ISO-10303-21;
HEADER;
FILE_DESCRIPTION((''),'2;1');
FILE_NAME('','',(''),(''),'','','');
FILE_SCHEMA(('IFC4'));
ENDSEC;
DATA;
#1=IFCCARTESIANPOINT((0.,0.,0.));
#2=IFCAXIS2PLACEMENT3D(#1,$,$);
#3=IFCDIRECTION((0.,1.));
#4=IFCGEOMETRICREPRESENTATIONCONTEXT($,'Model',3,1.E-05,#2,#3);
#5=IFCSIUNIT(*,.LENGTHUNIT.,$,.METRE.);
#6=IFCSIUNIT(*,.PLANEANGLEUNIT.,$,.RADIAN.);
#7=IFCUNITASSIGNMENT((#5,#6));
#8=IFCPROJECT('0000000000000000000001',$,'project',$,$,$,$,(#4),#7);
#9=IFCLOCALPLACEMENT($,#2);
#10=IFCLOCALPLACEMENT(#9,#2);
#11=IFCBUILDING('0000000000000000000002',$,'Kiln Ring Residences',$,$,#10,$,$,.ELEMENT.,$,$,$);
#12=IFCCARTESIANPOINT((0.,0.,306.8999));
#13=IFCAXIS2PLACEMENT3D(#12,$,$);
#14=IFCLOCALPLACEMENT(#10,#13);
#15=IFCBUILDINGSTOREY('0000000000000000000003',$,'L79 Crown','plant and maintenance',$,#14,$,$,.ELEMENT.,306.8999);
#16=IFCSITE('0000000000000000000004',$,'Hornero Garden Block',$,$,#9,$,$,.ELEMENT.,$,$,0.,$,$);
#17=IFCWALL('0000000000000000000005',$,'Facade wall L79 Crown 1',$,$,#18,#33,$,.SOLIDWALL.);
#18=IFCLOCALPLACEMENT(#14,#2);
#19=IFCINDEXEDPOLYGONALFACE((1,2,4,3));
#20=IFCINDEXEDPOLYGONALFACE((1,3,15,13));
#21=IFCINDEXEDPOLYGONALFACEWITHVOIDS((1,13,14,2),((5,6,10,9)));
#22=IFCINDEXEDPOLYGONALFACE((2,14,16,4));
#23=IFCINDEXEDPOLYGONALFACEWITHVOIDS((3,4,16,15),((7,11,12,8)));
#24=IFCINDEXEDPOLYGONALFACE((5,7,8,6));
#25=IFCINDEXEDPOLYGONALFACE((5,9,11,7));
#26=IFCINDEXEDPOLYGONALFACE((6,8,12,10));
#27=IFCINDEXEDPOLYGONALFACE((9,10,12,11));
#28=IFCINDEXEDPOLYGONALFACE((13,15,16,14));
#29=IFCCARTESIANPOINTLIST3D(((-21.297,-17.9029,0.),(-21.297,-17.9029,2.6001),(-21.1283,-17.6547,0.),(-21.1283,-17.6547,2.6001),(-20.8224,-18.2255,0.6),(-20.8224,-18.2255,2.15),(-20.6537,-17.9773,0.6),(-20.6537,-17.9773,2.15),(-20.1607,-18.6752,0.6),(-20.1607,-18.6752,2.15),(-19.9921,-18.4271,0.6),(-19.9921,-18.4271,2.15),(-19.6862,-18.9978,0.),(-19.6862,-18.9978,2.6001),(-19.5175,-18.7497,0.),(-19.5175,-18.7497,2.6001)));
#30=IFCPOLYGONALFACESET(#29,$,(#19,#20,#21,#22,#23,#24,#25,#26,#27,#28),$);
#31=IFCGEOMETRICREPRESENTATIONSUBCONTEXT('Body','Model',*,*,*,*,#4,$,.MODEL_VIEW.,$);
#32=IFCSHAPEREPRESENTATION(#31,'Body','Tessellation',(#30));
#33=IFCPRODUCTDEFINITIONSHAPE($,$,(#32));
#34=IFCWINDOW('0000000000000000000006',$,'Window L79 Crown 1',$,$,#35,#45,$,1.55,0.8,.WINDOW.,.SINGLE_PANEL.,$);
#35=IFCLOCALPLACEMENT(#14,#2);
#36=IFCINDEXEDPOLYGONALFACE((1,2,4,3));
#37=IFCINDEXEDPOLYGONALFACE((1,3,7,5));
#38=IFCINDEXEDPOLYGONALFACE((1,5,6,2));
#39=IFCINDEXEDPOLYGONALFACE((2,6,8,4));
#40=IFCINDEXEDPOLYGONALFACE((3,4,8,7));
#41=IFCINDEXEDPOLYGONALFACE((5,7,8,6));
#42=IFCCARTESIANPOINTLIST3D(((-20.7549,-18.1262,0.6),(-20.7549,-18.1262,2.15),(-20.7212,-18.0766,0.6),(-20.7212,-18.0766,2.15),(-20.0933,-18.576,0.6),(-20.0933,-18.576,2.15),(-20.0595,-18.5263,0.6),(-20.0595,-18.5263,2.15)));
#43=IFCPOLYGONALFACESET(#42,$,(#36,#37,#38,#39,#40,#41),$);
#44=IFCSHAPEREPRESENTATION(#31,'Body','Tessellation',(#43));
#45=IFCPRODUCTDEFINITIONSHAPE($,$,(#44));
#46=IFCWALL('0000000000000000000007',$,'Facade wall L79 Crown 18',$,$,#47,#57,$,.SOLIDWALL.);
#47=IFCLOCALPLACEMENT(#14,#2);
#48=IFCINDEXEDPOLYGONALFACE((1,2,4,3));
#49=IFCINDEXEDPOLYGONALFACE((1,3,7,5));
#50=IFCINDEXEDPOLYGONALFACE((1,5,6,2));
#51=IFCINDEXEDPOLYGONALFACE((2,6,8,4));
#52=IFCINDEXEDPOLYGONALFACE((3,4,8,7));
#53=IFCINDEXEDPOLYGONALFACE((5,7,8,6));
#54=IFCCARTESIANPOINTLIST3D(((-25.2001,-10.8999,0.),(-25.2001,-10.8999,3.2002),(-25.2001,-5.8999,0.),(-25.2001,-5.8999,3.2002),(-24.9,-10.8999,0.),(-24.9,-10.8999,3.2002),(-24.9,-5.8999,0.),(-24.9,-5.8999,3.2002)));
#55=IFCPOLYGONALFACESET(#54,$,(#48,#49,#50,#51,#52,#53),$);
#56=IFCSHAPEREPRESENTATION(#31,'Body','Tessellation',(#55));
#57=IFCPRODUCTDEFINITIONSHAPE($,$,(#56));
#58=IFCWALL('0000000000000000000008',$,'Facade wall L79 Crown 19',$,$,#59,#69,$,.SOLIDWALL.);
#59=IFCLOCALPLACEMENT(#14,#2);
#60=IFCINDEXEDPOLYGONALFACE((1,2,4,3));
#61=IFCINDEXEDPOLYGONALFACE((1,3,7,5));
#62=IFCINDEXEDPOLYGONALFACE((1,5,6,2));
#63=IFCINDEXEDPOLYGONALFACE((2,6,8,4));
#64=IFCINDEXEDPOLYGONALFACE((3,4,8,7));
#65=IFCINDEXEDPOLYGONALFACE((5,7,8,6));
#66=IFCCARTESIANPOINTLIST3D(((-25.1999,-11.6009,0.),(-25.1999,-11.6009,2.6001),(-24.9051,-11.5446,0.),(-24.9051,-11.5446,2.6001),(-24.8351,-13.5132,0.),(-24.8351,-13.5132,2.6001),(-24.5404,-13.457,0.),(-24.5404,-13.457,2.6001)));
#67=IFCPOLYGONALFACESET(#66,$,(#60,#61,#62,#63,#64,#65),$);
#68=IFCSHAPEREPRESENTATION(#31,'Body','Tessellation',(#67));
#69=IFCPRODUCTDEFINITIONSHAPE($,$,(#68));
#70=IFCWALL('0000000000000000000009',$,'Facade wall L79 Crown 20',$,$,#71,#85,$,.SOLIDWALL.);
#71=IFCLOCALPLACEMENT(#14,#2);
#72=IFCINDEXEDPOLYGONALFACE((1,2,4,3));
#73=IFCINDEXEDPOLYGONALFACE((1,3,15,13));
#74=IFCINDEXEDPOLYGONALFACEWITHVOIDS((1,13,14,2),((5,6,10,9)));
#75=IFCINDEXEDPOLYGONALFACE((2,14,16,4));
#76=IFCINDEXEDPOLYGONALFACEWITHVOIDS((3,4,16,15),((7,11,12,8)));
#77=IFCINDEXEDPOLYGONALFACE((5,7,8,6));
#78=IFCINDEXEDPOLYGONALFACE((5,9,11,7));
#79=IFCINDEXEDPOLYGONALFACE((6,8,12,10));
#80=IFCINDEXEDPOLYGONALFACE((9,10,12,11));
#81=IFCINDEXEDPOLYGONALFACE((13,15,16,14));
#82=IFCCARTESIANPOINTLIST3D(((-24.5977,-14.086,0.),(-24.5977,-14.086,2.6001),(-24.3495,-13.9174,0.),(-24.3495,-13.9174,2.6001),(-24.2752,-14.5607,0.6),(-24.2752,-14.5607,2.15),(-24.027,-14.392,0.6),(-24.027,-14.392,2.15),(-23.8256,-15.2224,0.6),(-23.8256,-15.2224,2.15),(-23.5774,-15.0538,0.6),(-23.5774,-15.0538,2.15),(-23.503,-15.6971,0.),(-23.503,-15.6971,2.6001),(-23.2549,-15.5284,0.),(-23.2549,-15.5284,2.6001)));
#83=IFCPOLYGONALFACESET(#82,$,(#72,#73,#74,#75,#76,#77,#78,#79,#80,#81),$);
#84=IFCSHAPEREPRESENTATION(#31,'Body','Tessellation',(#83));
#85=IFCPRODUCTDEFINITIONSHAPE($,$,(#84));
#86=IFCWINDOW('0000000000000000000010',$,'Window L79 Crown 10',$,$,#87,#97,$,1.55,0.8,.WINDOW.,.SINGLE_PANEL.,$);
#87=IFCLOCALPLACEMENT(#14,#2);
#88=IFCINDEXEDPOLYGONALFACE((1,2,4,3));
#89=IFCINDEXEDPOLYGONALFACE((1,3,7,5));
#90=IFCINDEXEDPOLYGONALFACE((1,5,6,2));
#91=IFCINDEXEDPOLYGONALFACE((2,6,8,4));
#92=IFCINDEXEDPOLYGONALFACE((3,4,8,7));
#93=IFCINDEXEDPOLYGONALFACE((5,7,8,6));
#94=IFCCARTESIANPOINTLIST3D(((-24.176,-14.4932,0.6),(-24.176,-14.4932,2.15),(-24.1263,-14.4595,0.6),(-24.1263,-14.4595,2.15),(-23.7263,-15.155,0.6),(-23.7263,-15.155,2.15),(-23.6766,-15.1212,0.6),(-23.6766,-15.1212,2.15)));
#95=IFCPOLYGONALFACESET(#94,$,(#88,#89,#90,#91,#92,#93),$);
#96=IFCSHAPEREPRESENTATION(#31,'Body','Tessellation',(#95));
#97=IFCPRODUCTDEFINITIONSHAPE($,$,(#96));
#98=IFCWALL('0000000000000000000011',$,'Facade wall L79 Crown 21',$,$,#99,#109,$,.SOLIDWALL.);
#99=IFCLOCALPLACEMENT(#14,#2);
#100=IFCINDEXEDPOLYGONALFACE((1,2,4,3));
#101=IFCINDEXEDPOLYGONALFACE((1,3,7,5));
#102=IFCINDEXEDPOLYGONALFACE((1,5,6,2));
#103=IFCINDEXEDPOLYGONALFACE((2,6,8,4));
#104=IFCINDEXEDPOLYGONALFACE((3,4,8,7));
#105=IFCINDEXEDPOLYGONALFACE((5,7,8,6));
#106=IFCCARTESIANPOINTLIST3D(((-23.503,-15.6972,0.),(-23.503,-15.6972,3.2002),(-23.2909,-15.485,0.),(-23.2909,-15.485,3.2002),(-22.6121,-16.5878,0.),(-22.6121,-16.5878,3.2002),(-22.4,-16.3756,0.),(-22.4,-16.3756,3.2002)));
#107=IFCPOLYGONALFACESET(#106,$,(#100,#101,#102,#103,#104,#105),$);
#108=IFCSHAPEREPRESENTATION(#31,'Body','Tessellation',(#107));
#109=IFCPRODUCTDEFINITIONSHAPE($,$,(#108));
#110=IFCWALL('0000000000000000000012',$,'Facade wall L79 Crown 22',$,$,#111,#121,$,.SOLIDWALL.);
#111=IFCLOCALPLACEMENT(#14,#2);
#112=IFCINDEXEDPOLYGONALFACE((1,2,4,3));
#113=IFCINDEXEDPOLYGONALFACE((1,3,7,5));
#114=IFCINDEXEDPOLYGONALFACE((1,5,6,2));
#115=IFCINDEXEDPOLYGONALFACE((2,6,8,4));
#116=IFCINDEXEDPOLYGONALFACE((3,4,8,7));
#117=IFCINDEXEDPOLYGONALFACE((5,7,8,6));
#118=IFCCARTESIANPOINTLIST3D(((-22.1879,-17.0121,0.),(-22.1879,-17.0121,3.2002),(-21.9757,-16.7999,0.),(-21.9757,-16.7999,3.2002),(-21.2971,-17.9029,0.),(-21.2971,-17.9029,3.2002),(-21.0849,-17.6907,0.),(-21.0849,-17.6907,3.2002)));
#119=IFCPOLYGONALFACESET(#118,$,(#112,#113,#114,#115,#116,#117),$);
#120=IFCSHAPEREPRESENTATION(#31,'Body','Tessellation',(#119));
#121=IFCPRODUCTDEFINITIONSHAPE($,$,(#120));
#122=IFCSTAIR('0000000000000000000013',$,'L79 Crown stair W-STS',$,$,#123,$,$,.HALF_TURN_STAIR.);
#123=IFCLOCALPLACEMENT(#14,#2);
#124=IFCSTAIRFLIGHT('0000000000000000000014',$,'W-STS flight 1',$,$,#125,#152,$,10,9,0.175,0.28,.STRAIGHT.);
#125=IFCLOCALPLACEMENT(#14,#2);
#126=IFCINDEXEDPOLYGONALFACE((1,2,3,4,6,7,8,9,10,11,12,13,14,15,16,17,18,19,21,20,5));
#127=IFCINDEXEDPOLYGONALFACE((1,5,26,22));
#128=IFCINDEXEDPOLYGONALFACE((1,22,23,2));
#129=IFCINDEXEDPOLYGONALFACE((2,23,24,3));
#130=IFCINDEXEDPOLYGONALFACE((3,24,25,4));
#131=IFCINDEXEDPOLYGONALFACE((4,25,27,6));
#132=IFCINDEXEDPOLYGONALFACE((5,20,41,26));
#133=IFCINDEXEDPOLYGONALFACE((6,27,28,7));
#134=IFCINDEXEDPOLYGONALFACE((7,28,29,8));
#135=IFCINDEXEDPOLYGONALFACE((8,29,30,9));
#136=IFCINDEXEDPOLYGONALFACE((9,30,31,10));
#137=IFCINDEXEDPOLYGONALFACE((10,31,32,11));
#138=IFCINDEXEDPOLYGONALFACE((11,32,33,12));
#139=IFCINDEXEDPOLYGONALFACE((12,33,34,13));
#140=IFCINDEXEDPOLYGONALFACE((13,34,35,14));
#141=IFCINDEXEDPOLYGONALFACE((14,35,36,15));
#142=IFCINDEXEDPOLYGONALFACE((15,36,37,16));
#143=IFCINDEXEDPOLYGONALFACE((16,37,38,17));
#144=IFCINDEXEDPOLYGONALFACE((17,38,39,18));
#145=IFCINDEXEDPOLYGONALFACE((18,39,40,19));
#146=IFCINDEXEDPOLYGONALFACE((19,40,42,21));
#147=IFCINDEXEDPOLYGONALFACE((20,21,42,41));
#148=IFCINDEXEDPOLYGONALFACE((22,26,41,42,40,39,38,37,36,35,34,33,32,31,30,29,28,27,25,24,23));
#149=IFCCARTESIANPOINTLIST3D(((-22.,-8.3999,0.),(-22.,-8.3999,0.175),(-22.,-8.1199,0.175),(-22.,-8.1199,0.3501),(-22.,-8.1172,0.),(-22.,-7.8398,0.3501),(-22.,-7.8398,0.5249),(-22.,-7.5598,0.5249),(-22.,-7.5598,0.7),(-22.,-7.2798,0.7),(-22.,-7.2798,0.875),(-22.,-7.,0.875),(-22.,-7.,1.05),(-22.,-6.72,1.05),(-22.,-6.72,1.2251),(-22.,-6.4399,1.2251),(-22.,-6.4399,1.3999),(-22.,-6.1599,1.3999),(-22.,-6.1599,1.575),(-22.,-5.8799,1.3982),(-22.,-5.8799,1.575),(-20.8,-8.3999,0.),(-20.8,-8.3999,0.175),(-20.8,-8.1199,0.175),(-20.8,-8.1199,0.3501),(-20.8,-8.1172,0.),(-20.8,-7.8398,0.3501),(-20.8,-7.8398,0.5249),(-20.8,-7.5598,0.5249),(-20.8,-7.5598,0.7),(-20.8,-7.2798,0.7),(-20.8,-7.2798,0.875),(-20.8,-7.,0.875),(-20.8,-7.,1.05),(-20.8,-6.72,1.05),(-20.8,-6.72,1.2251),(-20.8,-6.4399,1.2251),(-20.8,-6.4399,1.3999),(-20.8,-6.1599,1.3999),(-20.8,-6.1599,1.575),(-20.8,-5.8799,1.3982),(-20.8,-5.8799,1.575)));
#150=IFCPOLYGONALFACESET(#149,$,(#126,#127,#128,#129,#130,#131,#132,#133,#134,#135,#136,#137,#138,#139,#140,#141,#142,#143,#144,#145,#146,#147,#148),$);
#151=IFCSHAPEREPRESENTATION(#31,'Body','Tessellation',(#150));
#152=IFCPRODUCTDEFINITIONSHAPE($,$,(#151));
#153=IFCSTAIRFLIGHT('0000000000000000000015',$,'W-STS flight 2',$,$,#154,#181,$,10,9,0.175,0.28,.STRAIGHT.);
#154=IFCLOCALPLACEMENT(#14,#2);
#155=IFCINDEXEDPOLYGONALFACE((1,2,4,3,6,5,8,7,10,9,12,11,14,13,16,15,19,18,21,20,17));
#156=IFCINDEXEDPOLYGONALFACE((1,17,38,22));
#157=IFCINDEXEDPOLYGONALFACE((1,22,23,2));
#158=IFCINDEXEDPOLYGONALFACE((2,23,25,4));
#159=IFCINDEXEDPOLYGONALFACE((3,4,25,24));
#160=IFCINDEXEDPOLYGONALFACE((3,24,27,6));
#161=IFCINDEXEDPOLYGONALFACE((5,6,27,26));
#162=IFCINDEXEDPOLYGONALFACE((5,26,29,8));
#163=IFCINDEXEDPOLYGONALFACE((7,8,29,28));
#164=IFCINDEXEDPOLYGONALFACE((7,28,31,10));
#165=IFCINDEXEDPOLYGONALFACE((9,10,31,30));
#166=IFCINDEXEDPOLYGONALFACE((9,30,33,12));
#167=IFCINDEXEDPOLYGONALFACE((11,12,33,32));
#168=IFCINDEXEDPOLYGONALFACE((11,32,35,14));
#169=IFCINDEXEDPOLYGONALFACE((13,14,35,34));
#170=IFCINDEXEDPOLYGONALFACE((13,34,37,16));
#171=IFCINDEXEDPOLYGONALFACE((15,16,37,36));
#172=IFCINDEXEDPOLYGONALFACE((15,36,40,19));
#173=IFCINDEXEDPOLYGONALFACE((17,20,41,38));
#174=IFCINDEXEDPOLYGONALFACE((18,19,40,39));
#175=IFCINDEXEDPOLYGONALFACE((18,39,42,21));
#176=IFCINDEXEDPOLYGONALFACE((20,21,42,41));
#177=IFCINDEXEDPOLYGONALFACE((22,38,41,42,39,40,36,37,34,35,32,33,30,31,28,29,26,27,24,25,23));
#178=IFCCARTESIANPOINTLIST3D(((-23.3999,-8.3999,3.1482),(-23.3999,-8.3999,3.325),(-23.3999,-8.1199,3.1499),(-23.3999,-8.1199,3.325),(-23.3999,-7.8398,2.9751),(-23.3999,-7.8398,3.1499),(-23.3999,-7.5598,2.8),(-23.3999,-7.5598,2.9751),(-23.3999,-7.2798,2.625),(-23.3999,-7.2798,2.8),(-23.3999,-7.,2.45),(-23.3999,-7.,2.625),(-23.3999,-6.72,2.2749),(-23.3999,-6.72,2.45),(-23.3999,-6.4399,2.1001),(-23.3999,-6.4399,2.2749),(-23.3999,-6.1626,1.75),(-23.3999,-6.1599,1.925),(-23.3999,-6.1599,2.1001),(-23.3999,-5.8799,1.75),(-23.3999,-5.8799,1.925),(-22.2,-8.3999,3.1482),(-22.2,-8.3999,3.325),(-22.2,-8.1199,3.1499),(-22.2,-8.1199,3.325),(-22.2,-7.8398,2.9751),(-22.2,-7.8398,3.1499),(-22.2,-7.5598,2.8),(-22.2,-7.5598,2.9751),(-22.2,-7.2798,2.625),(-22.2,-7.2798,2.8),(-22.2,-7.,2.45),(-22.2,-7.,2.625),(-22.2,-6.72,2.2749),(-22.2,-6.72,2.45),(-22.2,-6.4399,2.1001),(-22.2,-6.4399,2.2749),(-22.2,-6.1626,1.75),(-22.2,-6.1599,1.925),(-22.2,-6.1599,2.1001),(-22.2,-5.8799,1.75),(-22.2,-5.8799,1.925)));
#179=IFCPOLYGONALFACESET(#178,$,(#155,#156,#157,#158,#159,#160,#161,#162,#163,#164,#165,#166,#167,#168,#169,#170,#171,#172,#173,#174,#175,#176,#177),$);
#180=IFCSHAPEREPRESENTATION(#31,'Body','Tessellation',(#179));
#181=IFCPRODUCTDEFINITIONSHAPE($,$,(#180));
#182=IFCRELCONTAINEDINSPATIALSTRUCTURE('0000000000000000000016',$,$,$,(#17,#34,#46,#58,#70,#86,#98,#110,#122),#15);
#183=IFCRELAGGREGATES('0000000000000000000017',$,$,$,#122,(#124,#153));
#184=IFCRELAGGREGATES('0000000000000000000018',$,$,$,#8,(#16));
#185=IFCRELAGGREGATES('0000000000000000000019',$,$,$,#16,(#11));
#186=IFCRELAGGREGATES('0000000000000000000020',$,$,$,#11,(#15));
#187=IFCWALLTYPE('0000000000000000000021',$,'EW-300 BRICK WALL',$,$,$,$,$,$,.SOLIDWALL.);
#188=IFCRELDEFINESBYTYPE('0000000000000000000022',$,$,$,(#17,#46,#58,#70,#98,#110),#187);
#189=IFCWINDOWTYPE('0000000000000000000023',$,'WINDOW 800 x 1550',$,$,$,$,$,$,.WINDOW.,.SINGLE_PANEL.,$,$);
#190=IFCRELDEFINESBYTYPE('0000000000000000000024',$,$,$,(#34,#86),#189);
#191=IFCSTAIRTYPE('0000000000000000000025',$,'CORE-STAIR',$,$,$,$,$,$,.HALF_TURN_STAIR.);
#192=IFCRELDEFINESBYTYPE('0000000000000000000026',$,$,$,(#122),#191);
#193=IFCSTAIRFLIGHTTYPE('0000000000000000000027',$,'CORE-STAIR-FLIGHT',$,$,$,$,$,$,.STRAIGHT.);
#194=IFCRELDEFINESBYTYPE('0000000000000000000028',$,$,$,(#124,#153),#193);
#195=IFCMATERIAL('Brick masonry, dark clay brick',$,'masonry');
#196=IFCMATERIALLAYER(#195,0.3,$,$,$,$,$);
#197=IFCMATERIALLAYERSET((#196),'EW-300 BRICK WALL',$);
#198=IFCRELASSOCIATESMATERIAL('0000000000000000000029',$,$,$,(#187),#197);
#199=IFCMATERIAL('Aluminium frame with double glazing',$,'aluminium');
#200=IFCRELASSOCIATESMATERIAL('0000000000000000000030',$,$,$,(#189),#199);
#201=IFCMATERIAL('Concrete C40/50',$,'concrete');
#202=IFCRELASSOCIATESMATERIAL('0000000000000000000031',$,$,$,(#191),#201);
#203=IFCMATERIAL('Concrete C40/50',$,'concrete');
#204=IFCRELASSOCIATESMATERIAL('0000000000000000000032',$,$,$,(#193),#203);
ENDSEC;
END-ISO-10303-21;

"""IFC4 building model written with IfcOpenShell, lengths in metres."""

from ifc_helpers import new_model, si_unit, direction, frame, frame_2d, origin, place, context, subcontext, project, spatial, polyline, rectangle, outline, extrude, material, layer, layer_set, type_object, element, fill, aggregate, save


model = new_model("IFC4")

# Units and contexts
model_context = context("Model", 3, precision=1e-05, world=origin(), true_north=direction((0.0, 1.0)))
body_context = subcontext(model_context, "Body", "Model", "MODEL_VIEW")
ifc_project = project(units=[si_unit("LENGTHUNIT", "METRE"), si_unit("PLANEANGLEUNIT", "RADIAN")], contexts=[model_context])

# Site, building, storey
site_placement = place(None, origin())
site = spatial("IfcSite", under=ifc_project, at=site_placement, Name="Hornero Garden Block", CompositionType="ELEMENT", RefElevation=0.0)
building_placement = place(site_placement, origin())
building = spatial("IfcBuilding", under=site, at=building_placement, Name="Kiln Ring Residences", CompositionType="ELEMENT")
storey_placement = place(building_placement, frame((0.0, 0.0, 306.8999)))
storey = spatial("IfcBuildingStorey", under=building, at=storey_placement, Name="L79 Crown", Description="plant and maintenance", CompositionType="ELEMENT", Elevation=306.8999)

# Wall, opening, window
ifc_material_1 = material(Name="Brick masonry, dark clay brick", Category="masonry")
ifc_layer_1 = layer(ifc_material_1, 0.3)
ifc_layer_set_1 = layer_set([ifc_layer_1], Name="EW-300 BRICK WALL")
wall_type_1 = type_object("IfcWallType", Name="EW-300 BRICK WALL", PredefinedType="SOLIDWALL", material=ifc_layer_set_1)
wall_1_placement = place(storey_placement, frame((-21.2126, -17.7788, 0.0), z_axis=(0.0, 0.0, 1.0), x_axis=(0.827022, -0.562169, 0.0)))
wall_1 = element("IfcWall", 1, at=wall_1_placement, inside=storey, type_object=wall_type_1, Name="Facade wall L79 Crown 1", PredefinedType="SOLIDWALL", context=body_context, shape_type="SweptSolid", body=[
    extrude(rectangle(XDim=1.9478, YDim=0.3, at=frame_2d((0.9739, 0.0))), origin(), (0.0, 0.0, 1.0), 2.6001),
])
opening_1_placement = place(wall_1_placement, frame((0.574, 0.0, 0.6001)))
opening_1 = element("IfcOpeningElement", 2, at=opening_1_placement, cuts=wall_1, PredefinedType="OPENING", context=body_context, shape_type="SweptSolid", body=[
    extrude(rectangle(XDim=0.8, YDim=1.55, at=frame_2d((0.3999, 0.7749))), frame((0.0, 0.1599, 0.0), z_axis=(0.0, -1.0, 0.0), x_axis=(1.0, 0.0, 0.0)), (0.0, 0.0, 1.0), 0.3201),
])
ifc_material_2 = material(Name="Aluminium frame with double glazing", Category="aluminium")
window_type = type_object("IfcWindowType", Name="WINDOW 800 x 1550", PartitioningType="SINGLE_PANEL", PredefinedType="WINDOW", material=ifc_material_2)
window_1_placement = place(opening_1_placement, origin())
window_1 = element("IfcWindow", 3, at=window_1_placement, inside=storey, type_object=window_type, Name="Window L79 Crown 1", OverallHeight=1.55, OverallWidth=0.8, PartitioningType="SINGLE_PANEL", PredefinedType="WINDOW", context=body_context, shape_type="SweptSolid", body=[
    extrude(rectangle(XDim=0.8, YDim=1.55, at=frame_2d((0.3999, 0.7749))), frame((0.0, 0.03, 0.0), z_axis=(0.0, -1.0, 0.0), x_axis=(1.0, 0.0, 0.0)), (0.0, 0.0, 1.0), 0.0601),
])
fill(opening_1, window_1)

# Walls
wall_2_placement = place(storey_placement, frame((-25.05, -5.8999, 0.0), z_axis=(0.0, 0.0, 1.0), x_axis=(0.0, -1.0, 0.0)))
element("IfcWall", 4, at=wall_2_placement, inside=storey, type_object=wall_type_1, Name="Facade wall L79 Crown 18", PredefinedType="SOLIDWALL", context=body_context, shape_type="SweptSolid", body=[
    extrude(rectangle(XDim=5.0, YDim=0.3, at=frame_2d((2.5, 0.0))), origin(), (0.0, 0.0, 1.0), 3.2002),
])
wall_3_placement = place(storey_placement, frame((-25.0525, -11.5728, 0.0), z_axis=(0.0, 0.0, 1.0), x_axis=(0.187354, -0.982292, 0.0)))
element("IfcWall", 5, at=wall_3_placement, inside=storey, type_object=wall_type_1, Name="Facade wall L79 Crown 19", PredefinedType="SOLIDWALL", context=body_context, shape_type="SweptSolid", body=[
    extrude(rectangle(XDim=1.9468, YDim=0.3, at=frame_2d((0.9734, 0.0))), origin(), (0.0, 0.0, 1.0), 2.6001),
])

# Wall, opening, window
wall_4_placement = place(storey_placement, frame((-24.4736, -14.0017, 0.0), z_axis=(0.0, 0.0, 1.0), x_axis=(0.562025, -0.82712, 0.0)))
wall_4 = element("IfcWall", 6, at=wall_4_placement, inside=storey, type_object=wall_type_1, Name="Facade wall L79 Crown 20", PredefinedType="SOLIDWALL", context=body_context, shape_type="SweptSolid", body=[
    extrude(rectangle(XDim=1.9478, YDim=0.3, at=frame_2d((0.9739, 0.0))), origin(), (0.0, 0.0, 1.0), 2.6001),
])
opening_2_placement = place(wall_4_placement, frame((0.574, 0.0, 0.6001)))
opening_2 = element("IfcOpeningElement", 7, at=opening_2_placement, cuts=wall_4, PredefinedType="OPENING", context=body_context, shape_type="SweptSolid", body=[
    extrude(rectangle(XDim=0.8, YDim=1.55, at=frame_2d((0.3999, 0.7749))), frame((0.0, 0.1599, 0.0), z_axis=(0.0, -1.0, 0.0), x_axis=(1.0, 0.0, 0.0)), (0.0, 0.0, 1.0), 0.3201),
])
window_2_placement = place(opening_2_placement, origin())
window_2 = element("IfcWindow", 8, at=window_2_placement, inside=storey, type_object=window_type, Name="Window L79 Crown 10", OverallHeight=1.55, OverallWidth=0.8, PartitioningType="SINGLE_PANEL", PredefinedType="WINDOW", context=body_context, shape_type="SweptSolid", body=[
    extrude(rectangle(XDim=0.8, YDim=1.55, at=frame_2d((0.3999, 0.7749))), frame((0.0, 0.03, 0.0), z_axis=(0.0, -1.0, 0.0), x_axis=(1.0, 0.0, 0.0)), (0.0, 0.0, 1.0), 0.0601),
])
fill(opening_2, window_2)

# Walls
for number, where, z_axis, x_axis, name in (
    (9, (-23.397, -15.5911, 0.0), (0.0, 0.0, 1.0), (0.707204, -0.70701, 0.0), "Facade wall L79 Crown 21"),
    (10, (-22.0818, -16.906, 0.0), (0.0, 0.0, 1.0), (0.707107, -0.707107, 0.0), "Facade wall L79 Crown 22"),
):
    element("IfcWall", number, at=place(storey_placement, frame(where, z_axis=z_axis, x_axis=x_axis)), inside=storey, type_object=wall_type_1, Name=name, PredefinedType="SOLIDWALL", context=body_context, shape_type="SweptSolid", body=[
        extrude(rectangle(XDim=1.2598, YDim=0.3, at=frame_2d((0.6299, 0.0))), origin(), (0.0, 0.0, 1.0), 3.2002),
    ])

# Stair, stair flights
ifc_material_3 = material(Name="Concrete C40/50", Category="concrete")
stair_type = type_object("IfcStairType", Name="CORE-STAIR", PredefinedType="HALF_TURN_STAIR", material=ifc_material_3)
stair_placement = place(storey_placement, origin())
stair = element("IfcStair", 11, at=stair_placement, inside=storey, type_object=stair_type, Name="L79 Crown stair W-STS", PredefinedType="HALF_TURN_STAIR")
ifc_material_4 = material(Name="Concrete C40/50", Category="concrete")
stair_flight_type = type_object("IfcStairFlightType", Name="CORE-STAIR-FLIGHT", PredefinedType="STRAIGHT", material=ifc_material_4)
stair_flight_1_placement = place(storey_placement, frame((-21.3999, -8.3999, 0.0), z_axis=(0.0, 0.0, 1.0), x_axis=(0.0, 1.0, 0.0)))
stair_flight_1 = element("IfcStairFlight", 12, at=stair_flight_1_placement, type_object=stair_flight_type, Name="W-STS flight 1", NumberOfRisers=10, NumberOfTreads=9, PredefinedType="STRAIGHT", RiserHeight=0.175, TreadLength=0.28, context=body_context, shape_type="SweptSolid", body=[
    extrude(outline(polyline([(0.0, 0.0), (0.0, 0.175), (0.28, 0.175), (0.28, 0.3501), (0.5601, 0.3501), (0.5601, 0.5249), (0.8401, 0.5249), (0.8401, 0.7), (1.1201, 0.7), (1.1201, 0.875), (1.3999, 0.875), (1.3999, 1.05), (1.6799, 1.05), (1.6799, 1.2251), (1.96, 1.2251), (1.96, 1.3999), (2.24, 1.3999), (2.24, 1.575), (2.52, 1.575), (2.52, 1.75), (2.52, 1.3982), (0.2827, 0.0), (0.0, 0.0)])), frame((0.0, 0.6001, 0.0), z_axis=(0.0, -1.0, 0.0), x_axis=(1.0, 0.0, 0.0)), (0.0, 0.0, 1.0), 1.2),
])
stair_flight_2_placement = place(storey_placement, frame((-22.8, -5.8799, 1.75), z_axis=(0.0, 0.0, 1.0), x_axis=(0.0, -1.0, 0.0)))
stair_flight_2 = element("IfcStairFlight", 13, at=stair_flight_2_placement, type_object=stair_flight_type, Name="W-STS flight 2", NumberOfRisers=10, NumberOfTreads=9, PredefinedType="STRAIGHT", RiserHeight=0.175, TreadLength=0.28, context=body_context, shape_type="SweptSolid", body=[
    extrude(outline(polyline([(0.0, 0.0), (0.0, 0.175), (0.28, 0.175), (0.28, 0.3501), (0.5601, 0.3501), (0.5601, 0.5249), (0.8401, 0.5249), (0.8401, 0.7), (1.1201, 0.7), (1.1201, 0.875), (1.3999, 0.875), (1.3999, 1.05), (1.6799, 1.05), (1.6799, 1.2251), (1.96, 1.2251), (1.96, 1.3999), (2.24, 1.3999), (2.24, 1.575), (2.52, 1.575), (2.52, 1.75), (2.52, 1.3982), (0.2827, 0.0), (0.0, 0.0)])), frame((0.0, 0.6001, 0.0), z_axis=(0.0, -1.0, 0.0), x_axis=(1.0, 0.0, 0.0)), (0.0, 0.0, 1.0), 1.2),
])
aggregate(stair, [stair_flight_1, stair_flight_2])

save(model, "model.ifc")
